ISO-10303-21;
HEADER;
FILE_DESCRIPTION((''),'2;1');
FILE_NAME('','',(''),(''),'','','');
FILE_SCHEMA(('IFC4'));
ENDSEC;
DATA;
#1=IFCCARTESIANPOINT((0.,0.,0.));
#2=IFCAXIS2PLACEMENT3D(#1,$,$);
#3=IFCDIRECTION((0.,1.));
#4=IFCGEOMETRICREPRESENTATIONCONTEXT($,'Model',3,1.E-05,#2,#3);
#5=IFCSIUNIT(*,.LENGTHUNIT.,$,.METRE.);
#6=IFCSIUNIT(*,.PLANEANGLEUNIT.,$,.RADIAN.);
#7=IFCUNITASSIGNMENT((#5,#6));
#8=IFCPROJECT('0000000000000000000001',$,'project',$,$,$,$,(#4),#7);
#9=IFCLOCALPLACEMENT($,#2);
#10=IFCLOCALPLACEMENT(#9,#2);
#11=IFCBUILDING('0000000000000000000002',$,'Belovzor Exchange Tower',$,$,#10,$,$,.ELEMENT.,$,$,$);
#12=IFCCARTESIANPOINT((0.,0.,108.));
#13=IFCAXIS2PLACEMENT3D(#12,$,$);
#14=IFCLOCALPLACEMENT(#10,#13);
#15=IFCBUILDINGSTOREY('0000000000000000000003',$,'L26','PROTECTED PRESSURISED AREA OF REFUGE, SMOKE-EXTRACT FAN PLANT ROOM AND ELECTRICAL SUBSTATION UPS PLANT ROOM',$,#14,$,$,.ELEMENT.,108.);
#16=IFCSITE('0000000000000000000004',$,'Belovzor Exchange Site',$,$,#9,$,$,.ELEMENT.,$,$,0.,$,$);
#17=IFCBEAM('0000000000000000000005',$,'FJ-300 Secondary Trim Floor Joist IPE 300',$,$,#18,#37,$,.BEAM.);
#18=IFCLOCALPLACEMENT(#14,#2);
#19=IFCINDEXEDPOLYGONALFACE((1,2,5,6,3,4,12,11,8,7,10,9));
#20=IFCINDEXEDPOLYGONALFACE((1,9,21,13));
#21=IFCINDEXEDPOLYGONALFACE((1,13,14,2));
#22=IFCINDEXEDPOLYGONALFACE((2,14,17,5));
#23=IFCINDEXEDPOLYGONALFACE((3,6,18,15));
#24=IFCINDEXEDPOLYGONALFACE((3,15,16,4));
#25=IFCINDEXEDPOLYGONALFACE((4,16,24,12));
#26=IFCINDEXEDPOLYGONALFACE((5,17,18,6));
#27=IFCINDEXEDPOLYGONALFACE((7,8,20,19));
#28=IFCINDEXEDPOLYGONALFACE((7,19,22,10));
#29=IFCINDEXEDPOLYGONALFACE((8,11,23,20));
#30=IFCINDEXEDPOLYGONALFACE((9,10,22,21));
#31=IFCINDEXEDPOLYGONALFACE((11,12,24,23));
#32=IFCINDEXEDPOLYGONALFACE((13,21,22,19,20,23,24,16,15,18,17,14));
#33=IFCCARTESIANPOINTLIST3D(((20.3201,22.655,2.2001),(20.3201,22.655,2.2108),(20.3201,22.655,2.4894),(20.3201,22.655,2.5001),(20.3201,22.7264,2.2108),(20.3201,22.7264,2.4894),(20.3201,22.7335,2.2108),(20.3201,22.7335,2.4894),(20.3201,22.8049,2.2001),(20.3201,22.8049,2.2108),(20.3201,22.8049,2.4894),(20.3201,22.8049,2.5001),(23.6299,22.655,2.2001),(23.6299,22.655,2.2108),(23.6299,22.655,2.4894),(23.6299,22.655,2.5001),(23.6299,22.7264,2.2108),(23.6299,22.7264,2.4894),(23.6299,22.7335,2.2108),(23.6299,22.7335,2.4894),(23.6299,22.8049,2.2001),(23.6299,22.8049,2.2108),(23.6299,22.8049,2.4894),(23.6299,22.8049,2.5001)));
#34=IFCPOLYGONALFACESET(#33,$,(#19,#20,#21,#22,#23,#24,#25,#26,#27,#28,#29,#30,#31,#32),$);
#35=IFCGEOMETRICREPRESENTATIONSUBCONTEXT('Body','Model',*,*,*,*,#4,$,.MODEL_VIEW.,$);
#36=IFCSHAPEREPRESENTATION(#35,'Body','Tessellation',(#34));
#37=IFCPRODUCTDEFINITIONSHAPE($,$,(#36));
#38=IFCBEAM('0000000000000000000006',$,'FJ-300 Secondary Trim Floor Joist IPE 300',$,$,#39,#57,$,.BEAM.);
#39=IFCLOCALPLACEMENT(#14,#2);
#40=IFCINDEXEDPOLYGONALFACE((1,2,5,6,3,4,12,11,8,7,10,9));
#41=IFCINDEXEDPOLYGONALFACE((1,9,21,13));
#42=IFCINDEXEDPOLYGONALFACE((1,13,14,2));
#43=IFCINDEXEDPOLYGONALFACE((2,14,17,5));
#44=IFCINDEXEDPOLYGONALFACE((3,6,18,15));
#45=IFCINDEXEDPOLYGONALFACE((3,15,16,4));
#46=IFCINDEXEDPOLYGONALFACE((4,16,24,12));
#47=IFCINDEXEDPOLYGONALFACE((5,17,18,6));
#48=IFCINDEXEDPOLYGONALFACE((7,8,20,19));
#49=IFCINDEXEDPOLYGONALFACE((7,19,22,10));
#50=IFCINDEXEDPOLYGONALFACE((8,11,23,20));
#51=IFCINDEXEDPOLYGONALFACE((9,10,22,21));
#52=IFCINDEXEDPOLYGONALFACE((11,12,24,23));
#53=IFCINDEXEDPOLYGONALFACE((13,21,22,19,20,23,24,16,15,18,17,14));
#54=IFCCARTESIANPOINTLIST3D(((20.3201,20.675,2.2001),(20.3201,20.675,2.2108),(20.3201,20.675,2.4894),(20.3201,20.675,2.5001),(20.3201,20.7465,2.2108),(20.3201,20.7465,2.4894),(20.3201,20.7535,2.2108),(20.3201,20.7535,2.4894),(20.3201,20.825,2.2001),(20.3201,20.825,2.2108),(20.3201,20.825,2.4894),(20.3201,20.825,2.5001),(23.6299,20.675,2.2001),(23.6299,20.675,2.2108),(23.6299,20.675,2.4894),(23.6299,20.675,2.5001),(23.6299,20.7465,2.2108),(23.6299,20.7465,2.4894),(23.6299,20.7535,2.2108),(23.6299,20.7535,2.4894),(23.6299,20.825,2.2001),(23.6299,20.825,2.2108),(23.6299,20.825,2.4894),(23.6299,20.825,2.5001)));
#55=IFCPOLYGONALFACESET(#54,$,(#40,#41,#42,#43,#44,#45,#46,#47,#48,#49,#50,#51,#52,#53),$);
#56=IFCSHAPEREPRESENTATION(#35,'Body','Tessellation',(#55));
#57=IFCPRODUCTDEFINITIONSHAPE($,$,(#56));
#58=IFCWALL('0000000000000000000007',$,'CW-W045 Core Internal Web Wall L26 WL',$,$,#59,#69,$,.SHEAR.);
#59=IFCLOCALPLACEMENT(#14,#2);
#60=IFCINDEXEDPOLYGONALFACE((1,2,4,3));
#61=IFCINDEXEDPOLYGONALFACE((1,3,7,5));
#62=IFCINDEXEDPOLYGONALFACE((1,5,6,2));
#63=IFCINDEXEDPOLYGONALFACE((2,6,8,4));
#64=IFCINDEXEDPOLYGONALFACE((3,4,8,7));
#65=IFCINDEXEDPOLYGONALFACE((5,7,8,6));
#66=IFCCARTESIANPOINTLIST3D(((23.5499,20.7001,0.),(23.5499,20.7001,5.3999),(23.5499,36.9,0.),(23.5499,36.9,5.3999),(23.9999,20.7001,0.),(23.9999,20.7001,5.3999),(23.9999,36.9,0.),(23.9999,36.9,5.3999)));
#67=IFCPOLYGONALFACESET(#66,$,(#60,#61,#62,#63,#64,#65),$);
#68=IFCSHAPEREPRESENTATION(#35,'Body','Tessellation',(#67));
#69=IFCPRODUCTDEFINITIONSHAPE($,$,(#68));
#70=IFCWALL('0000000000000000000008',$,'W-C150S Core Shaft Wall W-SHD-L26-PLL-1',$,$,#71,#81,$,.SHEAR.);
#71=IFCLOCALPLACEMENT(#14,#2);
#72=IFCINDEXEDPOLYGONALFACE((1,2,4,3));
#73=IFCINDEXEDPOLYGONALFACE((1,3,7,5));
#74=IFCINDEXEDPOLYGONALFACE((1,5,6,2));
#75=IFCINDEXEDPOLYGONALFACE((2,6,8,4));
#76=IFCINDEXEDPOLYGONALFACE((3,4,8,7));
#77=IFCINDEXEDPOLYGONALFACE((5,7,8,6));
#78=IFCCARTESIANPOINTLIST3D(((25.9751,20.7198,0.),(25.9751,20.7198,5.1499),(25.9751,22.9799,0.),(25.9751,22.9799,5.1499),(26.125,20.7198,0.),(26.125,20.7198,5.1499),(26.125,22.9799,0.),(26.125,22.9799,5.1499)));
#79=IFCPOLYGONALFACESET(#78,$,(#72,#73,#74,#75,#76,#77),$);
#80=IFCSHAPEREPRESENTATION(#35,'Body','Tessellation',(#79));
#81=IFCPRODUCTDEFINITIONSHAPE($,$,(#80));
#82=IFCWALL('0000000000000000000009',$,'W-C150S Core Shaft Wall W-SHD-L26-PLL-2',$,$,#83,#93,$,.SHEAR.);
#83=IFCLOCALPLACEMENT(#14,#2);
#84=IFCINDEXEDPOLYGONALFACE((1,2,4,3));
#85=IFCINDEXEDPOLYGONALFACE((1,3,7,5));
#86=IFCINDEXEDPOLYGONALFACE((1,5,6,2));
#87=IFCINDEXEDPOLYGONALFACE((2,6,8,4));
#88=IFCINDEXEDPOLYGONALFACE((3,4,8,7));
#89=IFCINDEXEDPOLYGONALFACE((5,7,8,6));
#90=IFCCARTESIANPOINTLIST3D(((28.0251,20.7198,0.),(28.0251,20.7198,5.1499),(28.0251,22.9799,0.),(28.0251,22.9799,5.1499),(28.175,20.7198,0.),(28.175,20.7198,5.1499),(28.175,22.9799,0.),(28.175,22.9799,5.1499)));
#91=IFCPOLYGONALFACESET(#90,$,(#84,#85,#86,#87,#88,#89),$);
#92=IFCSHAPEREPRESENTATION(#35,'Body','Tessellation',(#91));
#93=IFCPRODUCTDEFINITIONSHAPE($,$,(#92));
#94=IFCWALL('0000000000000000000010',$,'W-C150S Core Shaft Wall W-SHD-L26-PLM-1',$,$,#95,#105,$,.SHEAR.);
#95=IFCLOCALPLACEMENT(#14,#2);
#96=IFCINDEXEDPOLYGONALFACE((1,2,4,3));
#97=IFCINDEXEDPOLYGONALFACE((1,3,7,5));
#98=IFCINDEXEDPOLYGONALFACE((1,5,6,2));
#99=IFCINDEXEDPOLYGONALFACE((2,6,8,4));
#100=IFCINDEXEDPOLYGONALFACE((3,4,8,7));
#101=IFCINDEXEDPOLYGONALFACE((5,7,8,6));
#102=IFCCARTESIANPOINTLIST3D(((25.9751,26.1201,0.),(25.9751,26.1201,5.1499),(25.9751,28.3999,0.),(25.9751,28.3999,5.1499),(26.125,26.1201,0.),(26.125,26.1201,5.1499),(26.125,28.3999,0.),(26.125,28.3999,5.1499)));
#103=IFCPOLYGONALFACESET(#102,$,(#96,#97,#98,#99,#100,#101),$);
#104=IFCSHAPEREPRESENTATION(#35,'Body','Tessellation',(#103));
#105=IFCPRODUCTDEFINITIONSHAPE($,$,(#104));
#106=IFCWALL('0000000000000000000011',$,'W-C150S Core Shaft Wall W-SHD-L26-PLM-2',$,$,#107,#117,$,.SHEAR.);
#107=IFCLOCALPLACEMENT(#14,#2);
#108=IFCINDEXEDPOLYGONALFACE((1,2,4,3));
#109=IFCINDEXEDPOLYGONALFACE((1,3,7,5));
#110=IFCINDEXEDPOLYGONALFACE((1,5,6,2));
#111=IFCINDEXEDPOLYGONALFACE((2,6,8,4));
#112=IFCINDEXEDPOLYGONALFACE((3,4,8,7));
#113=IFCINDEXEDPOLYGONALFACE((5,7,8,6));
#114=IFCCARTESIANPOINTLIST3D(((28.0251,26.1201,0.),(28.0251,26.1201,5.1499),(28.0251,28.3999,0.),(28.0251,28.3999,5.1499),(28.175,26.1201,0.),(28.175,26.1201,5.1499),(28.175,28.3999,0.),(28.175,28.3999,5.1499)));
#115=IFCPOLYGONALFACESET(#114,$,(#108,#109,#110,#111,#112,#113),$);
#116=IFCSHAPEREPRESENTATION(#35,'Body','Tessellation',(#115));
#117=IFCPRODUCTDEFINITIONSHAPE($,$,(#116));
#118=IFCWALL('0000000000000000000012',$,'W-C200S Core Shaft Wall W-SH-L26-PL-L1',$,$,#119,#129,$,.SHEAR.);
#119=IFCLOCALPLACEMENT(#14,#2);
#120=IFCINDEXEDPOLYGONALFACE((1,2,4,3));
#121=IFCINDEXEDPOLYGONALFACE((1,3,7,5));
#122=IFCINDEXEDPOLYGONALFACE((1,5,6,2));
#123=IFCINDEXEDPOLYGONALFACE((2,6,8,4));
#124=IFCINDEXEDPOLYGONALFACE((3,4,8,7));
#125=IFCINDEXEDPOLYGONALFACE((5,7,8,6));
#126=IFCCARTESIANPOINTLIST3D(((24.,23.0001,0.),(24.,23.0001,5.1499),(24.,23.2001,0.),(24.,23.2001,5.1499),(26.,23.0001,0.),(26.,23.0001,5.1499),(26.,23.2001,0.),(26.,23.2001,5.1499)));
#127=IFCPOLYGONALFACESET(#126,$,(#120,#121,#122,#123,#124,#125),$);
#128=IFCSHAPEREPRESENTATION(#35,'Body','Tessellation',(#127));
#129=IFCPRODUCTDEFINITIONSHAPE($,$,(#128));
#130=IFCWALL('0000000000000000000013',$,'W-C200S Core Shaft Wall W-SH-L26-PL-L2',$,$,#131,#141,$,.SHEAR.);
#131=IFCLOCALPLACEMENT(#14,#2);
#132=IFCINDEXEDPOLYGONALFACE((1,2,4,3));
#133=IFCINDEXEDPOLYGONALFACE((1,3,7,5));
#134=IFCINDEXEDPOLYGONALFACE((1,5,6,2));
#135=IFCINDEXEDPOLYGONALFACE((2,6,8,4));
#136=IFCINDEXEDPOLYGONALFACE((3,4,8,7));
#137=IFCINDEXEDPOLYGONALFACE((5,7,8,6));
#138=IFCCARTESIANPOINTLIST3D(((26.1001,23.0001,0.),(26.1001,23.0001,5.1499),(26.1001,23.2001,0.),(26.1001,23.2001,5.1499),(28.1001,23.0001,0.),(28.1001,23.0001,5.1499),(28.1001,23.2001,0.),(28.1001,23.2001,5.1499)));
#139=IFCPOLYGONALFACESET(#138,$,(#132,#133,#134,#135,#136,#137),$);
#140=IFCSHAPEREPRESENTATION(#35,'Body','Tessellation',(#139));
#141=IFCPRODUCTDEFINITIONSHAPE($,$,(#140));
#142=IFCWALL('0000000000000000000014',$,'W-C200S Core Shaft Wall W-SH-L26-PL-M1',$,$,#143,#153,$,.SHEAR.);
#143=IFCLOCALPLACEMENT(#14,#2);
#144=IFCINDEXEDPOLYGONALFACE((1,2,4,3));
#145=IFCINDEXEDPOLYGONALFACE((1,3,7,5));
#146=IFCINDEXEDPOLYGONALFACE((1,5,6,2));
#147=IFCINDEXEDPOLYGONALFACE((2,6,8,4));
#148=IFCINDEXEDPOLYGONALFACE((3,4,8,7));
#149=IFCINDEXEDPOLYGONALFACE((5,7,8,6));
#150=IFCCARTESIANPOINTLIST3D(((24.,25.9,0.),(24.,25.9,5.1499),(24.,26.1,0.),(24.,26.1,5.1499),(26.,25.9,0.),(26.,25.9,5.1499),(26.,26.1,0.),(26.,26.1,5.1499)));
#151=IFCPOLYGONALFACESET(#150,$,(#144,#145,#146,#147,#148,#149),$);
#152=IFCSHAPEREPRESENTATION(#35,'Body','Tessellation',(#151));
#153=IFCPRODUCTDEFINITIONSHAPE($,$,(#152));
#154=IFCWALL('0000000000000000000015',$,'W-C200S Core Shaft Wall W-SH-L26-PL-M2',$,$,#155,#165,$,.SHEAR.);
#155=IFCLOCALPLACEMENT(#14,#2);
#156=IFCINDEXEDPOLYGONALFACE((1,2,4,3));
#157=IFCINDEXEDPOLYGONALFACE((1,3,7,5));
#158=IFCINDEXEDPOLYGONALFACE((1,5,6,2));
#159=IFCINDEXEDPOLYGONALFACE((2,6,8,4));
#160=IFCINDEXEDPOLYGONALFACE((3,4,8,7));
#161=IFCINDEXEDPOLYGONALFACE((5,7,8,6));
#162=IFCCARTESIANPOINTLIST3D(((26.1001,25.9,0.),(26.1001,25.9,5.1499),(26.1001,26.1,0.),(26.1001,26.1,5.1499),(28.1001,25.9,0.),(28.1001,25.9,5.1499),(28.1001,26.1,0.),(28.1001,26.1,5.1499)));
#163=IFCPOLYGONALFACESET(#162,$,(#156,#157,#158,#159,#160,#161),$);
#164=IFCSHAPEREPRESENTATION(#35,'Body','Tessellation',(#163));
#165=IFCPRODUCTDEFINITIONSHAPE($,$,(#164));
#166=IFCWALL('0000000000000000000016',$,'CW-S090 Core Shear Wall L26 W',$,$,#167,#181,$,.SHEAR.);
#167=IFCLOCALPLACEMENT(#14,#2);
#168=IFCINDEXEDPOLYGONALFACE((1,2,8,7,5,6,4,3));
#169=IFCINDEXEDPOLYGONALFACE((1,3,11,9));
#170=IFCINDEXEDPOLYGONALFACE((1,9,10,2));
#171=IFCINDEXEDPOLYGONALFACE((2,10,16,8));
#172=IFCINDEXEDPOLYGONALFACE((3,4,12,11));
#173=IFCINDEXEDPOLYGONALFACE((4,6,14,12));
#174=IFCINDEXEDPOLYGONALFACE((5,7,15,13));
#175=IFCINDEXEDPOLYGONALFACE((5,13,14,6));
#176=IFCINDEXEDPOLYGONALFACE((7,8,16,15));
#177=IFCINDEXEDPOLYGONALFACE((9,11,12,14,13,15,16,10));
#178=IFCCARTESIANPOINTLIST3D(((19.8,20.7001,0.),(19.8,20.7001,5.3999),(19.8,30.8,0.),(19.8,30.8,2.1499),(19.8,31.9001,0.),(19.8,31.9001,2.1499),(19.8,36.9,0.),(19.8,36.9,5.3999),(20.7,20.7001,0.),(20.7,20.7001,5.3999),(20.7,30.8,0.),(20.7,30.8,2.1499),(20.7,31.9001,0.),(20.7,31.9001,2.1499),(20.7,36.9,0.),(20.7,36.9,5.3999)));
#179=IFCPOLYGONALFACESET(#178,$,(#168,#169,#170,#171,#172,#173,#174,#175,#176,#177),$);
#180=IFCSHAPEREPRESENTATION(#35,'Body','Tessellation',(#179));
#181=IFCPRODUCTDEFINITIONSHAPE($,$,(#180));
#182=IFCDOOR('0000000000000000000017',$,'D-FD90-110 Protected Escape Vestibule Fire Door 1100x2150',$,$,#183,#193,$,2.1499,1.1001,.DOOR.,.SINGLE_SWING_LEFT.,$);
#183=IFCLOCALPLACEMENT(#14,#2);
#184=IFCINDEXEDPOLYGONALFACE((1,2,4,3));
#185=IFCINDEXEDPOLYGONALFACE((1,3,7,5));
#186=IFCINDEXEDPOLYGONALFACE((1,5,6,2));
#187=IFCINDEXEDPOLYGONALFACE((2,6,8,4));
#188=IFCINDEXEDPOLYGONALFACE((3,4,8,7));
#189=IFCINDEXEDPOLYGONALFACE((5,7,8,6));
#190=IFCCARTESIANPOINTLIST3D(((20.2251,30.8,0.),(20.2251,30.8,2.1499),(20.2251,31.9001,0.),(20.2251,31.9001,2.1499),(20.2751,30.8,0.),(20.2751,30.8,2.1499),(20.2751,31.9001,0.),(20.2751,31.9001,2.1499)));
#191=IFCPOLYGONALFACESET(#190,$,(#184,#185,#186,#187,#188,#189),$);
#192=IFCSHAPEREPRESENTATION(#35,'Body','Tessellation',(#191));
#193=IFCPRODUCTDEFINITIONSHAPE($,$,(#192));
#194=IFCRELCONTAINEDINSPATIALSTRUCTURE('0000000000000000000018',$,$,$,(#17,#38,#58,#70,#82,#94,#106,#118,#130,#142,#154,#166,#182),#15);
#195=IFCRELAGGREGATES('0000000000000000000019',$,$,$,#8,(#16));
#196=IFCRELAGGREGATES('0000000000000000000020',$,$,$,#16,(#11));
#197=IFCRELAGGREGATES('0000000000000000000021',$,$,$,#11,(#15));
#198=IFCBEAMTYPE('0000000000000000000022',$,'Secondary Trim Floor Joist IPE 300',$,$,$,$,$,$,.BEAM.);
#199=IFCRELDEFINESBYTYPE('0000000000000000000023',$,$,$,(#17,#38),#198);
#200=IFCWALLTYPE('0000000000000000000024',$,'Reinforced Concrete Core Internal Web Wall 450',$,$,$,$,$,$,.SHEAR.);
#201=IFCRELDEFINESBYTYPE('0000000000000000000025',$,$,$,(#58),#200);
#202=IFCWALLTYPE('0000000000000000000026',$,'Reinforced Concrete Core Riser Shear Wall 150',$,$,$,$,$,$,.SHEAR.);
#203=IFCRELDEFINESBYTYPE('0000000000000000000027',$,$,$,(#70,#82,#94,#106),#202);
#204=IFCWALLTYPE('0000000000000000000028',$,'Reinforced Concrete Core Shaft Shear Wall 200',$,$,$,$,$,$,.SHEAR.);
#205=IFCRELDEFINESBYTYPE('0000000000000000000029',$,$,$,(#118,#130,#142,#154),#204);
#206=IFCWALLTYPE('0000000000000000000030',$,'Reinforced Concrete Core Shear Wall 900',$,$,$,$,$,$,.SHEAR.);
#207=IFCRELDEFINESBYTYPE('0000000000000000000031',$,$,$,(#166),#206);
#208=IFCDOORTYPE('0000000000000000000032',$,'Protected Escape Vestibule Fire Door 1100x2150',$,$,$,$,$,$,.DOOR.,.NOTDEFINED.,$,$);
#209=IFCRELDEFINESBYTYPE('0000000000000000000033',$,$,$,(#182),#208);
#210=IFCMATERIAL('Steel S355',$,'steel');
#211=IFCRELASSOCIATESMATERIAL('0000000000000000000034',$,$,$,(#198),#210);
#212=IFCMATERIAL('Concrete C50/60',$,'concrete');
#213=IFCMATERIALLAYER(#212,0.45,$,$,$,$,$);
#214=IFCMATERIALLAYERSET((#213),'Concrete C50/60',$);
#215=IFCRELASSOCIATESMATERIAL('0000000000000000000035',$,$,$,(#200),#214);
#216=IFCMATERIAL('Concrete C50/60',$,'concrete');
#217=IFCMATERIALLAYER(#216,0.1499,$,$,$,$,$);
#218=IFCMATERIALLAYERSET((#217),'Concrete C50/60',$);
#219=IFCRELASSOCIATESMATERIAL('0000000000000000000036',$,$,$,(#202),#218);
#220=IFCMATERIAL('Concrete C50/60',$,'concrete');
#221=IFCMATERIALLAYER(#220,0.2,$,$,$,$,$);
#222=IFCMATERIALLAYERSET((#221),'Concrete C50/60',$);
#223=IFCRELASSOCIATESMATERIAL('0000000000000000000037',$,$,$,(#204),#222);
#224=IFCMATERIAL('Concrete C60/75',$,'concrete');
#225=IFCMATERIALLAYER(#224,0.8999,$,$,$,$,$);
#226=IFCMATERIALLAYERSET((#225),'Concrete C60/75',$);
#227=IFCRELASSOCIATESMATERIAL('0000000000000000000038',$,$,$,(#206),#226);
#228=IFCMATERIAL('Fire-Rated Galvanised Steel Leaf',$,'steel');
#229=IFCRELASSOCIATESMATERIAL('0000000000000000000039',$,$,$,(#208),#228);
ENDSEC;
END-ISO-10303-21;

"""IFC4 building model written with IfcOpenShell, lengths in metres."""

from ifc_helpers import new_model, si_unit, direction, frame, frame_2d, origin, origin_2d, place, context, subcontext, project, spatial, rectangle, i_section, extrude, material, layer, layer_set, material_profile, profile_set, type_object, element, fill, save


model = new_model("IFC4")

# Units and contexts
model_context = context("Model", 3, precision=1e-05, world=origin(), true_north=direction((0.0, 1.0)))
body_context = subcontext(model_context, "Body", "Model", "MODEL_VIEW")
ifc_project = project(units=[si_unit("LENGTHUNIT", "METRE"), si_unit("PLANEANGLEUNIT", "RADIAN")], contexts=[model_context])

# Site, building, storey
site_placement = place(None, origin())
site = spatial("IfcSite", under=ifc_project, at=site_placement, Name="Belovzor Exchange Site", CompositionType="ELEMENT", RefElevation=0.0)
building_placement = place(site_placement, origin())
building = spatial("IfcBuilding", under=site, at=building_placement, Name="Belovzor Exchange Tower", CompositionType="ELEMENT")
storey_placement = place(building_placement, frame((0.0, 0.0, 108.0)))
storey = spatial("IfcBuildingStorey", under=building, at=storey_placement, Name="L26", Description="PROTECTED PRESSURISED AREA OF REFUGE, SMOKE-EXTRACT FAN PLANT ROOM AND ELECTRICAL SUBSTATION UPS PLANT ROOM", CompositionType="ELEMENT", Elevation=108.0)

# Beams
ifc_material_1 = material(Name="Steel S355", Category="steel")
ifc_material_profile = material_profile(ifc_material_1, i_section(OverallWidth=0.1499, OverallDepth=0.3, WebThickness=0.0071, FlangeThickness=0.0107, at=origin_2d()))
ifc_profile_set = profile_set([ifc_material_profile], Name="Steel S355")
beam_type = type_object("IfcBeamType", Name="Secondary Trim Floor Joist IPE 300", PredefinedType="BEAM", material=ifc_profile_set)
for number, where, z_axis, x_axis, name in (
    (1, (20.3201, 22.73, 2.3501), (1.0, 0.0, 0.0), (0.0, 1.0, 0.0), "FJ-300 Secondary Trim Floor Joist IPE 300"),
    (2, (20.3201, 20.75, 2.3501), (1.0, 0.0, 0.0), (0.0, 1.0, 0.0), "FJ-300 Secondary Trim Floor Joist IPE 300"),
):
    element("IfcBeam", number, at=place(storey_placement, frame(where, z_axis=z_axis, x_axis=x_axis)), inside=storey, type_object=beam_type, Name=name, PredefinedType="BEAM", context=body_context, shape_type="SweptSolid", body=[
        extrude(i_section(OverallWidth=0.1499, OverallDepth=0.3, WebThickness=0.0071, FlangeThickness=0.0107, at=origin_2d()), origin(), (0.0, 0.0, 1.0), 3.3098),
    ])

# Walls
ifc_material_2 = material(Name="Concrete C50/60", Category="concrete")
ifc_layer_1 = layer(ifc_material_2, 0.45)
ifc_layer_set_1 = layer_set([ifc_layer_1], Name="Concrete C50/60")
wall_type_1 = type_object("IfcWallType", Name="Reinforced Concrete Core Internal Web Wall 450", PredefinedType="SHEAR", material=ifc_layer_set_1)
wall_1_placement = place(storey_placement, frame((23.7749, 20.7, 0.0), z_axis=(0.0, 0.0, 1.0), x_axis=(0.0, 1.0, 0.0)))
element("IfcWall", 3, at=wall_1_placement, inside=storey, type_object=wall_type_1, Name="CW-W045 Core Internal Web Wall L26 WL", PredefinedType="SHEAR", context=body_context, shape_type="SweptSolid", body=[
    extrude(rectangle(XDim=16.2, YDim=0.45, at=frame_2d((8.1001, 0.0))), origin(), (0.0, 0.0, 1.0), 5.3999),
])
ifc_material_3 = material(Name="Concrete C50/60", Category="concrete")
ifc_layer_2 = layer(ifc_material_3, 0.1499)
ifc_layer_set_2 = layer_set([ifc_layer_2], Name="Concrete C50/60")
wall_type_2 = type_object("IfcWallType", Name="Reinforced Concrete Core Riser Shear Wall 150", PredefinedType="SHEAR", material=ifc_layer_set_2)
for number, where, z_axis, x_axis, name in (
    (4, (26.05, 20.72, 0.0), (0.0, 0.0, 1.0), (0.0, 1.0, 0.0), "W-C150S Core Shaft Wall W-SHD-L26-PLL-1"),
    (5, (28.1001, 20.72, 0.0), (0.0, 0.0, 1.0), (0.0, 1.0, 0.0), "W-C150S Core Shaft Wall W-SHD-L26-PLL-2"),
):
    element("IfcWall", number, at=place(storey_placement, frame(where, z_axis=z_axis, x_axis=x_axis)), inside=storey, type_object=wall_type_2, Name=name, PredefinedType="SHEAR", context=body_context, shape_type="SweptSolid", body=[
        extrude(rectangle(XDim=2.26, YDim=0.1499, at=frame_2d((1.1299, 0.0))), origin(), (0.0, 0.0, 1.0), 5.1499),
    ])
for number, where, z_axis, x_axis, name in (
    (6, (26.05, 26.1201, 0.0), (0.0, 0.0, 1.0), (0.0, 1.0, 0.0), "W-C150S Core Shaft Wall W-SHD-L26-PLM-1"),
    (7, (28.1001, 26.1201, 0.0), (0.0, 0.0, 1.0), (0.0, 1.0, 0.0), "W-C150S Core Shaft Wall W-SHD-L26-PLM-2"),
):
    element("IfcWall", number, at=place(storey_placement, frame(where, z_axis=z_axis, x_axis=x_axis)), inside=storey, type_object=wall_type_2, Name=name, PredefinedType="SHEAR", context=body_context, shape_type="SweptSolid", body=[
        extrude(rectangle(XDim=2.2798, YDim=0.1499, at=frame_2d((1.1399, 0.0))), origin(), (0.0, 0.0, 1.0), 5.1499),
    ])
ifc_material_4 = material(Name="Concrete C50/60", Category="concrete")
ifc_layer_3 = layer(ifc_material_4, 0.2)
ifc_layer_set_3 = layer_set([ifc_layer_3], Name="Concrete C50/60")
wall_type_3 = type_object("IfcWallType", Name="Reinforced Concrete Core Shaft Shear Wall 200", PredefinedType="SHEAR", material=ifc_layer_set_3)
for number, where, z_axis, x_axis, name in (
    (8, (24.0, 23.1001, 0.0), (0.0, 0.0, 1.0), (1.0, 0.0, 0.0), "W-C200S Core Shaft Wall W-SH-L26-PL-L1"),
    (9, (26.1001, 23.1001, 0.0), (0.0, 0.0, 1.0), (1.0, 0.0, 0.0), "W-C200S Core Shaft Wall W-SH-L26-PL-L2"),
    (10, (24.0, 26.0, 0.0), (0.0, 0.0, 1.0), (1.0, 0.0, 0.0), "W-C200S Core Shaft Wall W-SH-L26-PL-M1"),
    (11, (26.1001, 26.0, 0.0), (0.0, 0.0, 1.0), (1.0, 0.0, 0.0), "W-C200S Core Shaft Wall W-SH-L26-PL-M2"),
):
    element("IfcWall", number, at=place(storey_placement, frame(where, z_axis=z_axis, x_axis=x_axis)), inside=storey, type_object=wall_type_3, Name=name, PredefinedType="SHEAR", context=body_context, shape_type="SweptSolid", body=[
        extrude(rectangle(XDim=2.0, YDim=0.2, at=frame_2d((1.0, 0.0))), origin(), (0.0, 0.0, 1.0), 5.1499),
    ])

# Wall, opening, door
ifc_material_5 = material(Name="Concrete C60/75", Category="concrete")
ifc_layer_4 = layer(ifc_material_5, 0.8999)
ifc_layer_set_4 = layer_set([ifc_layer_4], Name="Concrete C60/75")
wall_type_4 = type_object("IfcWallType", Name="Reinforced Concrete Core Shear Wall 900", PredefinedType="SHEAR", material=ifc_layer_set_4)
wall_2_placement = place(storey_placement, frame((20.25, 20.7, 0.0), z_axis=(0.0, 0.0, 1.0), x_axis=(0.0, 1.0, 0.0)))
wall_2 = element("IfcWall", 12, at=wall_2_placement, inside=storey, type_object=wall_type_4, Name="CW-S090 Core Shear Wall L26 W", PredefinedType="SHEAR", context=body_context, shape_type="SweptSolid", body=[
    extrude(rectangle(XDim=16.2, YDim=0.8999, at=frame_2d((8.1001, 0.0))), origin(), (0.0, 0.0, 1.0), 5.3999),
])
opening_placement = place(wall_2_placement, frame((10.1001, 0.0, 0.0)))
opening = element("IfcOpeningElement", 13, at=opening_placement, cuts=wall_2, PredefinedType="OPENING", context=body_context, shape_type="SweptSolid", body=[
    extrude(rectangle(XDim=1.1001, YDim=2.1499, at=frame_2d((0.55, 1.075))), frame((0.0, 0.46, 0.0), z_axis=(0.0, -1.0, 0.0), x_axis=(1.0, 0.0, 0.0)), (0.0, 0.0, 1.0), 0.9199),
])
ifc_material_6 = material(Name="Fire-Rated Galvanised Steel Leaf", Category="steel")
door_type = type_object("IfcDoorType", Name="Protected Escape Vestibule Fire Door 1100x2150", OperationType="NOTDEFINED", PredefinedType="DOOR", material=ifc_material_6)
door_placement = place(opening_placement, origin())
door = element("IfcDoor", 14, at=door_placement, inside=storey, type_object=door_type, Name="D-FD90-110 Protected Escape Vestibule Fire Door 1100x2150", OperationType="SINGLE_SWING_LEFT", OverallHeight=2.1499, OverallWidth=1.1001, PredefinedType="DOOR", context=body_context, shape_type="SweptSolid", body=[
    extrude(rectangle(XDim=1.1001, YDim=2.1499, at=frame_2d((0.55, 1.075))), frame((0.0, 0.0249, 0.0), z_axis=(0.0, -1.0, 0.0), x_axis=(1.0, 0.0, 0.0)), (0.0, 0.0, 1.0), 0.05),
])
fill(opening, door)

save(model, "model.ifc")
